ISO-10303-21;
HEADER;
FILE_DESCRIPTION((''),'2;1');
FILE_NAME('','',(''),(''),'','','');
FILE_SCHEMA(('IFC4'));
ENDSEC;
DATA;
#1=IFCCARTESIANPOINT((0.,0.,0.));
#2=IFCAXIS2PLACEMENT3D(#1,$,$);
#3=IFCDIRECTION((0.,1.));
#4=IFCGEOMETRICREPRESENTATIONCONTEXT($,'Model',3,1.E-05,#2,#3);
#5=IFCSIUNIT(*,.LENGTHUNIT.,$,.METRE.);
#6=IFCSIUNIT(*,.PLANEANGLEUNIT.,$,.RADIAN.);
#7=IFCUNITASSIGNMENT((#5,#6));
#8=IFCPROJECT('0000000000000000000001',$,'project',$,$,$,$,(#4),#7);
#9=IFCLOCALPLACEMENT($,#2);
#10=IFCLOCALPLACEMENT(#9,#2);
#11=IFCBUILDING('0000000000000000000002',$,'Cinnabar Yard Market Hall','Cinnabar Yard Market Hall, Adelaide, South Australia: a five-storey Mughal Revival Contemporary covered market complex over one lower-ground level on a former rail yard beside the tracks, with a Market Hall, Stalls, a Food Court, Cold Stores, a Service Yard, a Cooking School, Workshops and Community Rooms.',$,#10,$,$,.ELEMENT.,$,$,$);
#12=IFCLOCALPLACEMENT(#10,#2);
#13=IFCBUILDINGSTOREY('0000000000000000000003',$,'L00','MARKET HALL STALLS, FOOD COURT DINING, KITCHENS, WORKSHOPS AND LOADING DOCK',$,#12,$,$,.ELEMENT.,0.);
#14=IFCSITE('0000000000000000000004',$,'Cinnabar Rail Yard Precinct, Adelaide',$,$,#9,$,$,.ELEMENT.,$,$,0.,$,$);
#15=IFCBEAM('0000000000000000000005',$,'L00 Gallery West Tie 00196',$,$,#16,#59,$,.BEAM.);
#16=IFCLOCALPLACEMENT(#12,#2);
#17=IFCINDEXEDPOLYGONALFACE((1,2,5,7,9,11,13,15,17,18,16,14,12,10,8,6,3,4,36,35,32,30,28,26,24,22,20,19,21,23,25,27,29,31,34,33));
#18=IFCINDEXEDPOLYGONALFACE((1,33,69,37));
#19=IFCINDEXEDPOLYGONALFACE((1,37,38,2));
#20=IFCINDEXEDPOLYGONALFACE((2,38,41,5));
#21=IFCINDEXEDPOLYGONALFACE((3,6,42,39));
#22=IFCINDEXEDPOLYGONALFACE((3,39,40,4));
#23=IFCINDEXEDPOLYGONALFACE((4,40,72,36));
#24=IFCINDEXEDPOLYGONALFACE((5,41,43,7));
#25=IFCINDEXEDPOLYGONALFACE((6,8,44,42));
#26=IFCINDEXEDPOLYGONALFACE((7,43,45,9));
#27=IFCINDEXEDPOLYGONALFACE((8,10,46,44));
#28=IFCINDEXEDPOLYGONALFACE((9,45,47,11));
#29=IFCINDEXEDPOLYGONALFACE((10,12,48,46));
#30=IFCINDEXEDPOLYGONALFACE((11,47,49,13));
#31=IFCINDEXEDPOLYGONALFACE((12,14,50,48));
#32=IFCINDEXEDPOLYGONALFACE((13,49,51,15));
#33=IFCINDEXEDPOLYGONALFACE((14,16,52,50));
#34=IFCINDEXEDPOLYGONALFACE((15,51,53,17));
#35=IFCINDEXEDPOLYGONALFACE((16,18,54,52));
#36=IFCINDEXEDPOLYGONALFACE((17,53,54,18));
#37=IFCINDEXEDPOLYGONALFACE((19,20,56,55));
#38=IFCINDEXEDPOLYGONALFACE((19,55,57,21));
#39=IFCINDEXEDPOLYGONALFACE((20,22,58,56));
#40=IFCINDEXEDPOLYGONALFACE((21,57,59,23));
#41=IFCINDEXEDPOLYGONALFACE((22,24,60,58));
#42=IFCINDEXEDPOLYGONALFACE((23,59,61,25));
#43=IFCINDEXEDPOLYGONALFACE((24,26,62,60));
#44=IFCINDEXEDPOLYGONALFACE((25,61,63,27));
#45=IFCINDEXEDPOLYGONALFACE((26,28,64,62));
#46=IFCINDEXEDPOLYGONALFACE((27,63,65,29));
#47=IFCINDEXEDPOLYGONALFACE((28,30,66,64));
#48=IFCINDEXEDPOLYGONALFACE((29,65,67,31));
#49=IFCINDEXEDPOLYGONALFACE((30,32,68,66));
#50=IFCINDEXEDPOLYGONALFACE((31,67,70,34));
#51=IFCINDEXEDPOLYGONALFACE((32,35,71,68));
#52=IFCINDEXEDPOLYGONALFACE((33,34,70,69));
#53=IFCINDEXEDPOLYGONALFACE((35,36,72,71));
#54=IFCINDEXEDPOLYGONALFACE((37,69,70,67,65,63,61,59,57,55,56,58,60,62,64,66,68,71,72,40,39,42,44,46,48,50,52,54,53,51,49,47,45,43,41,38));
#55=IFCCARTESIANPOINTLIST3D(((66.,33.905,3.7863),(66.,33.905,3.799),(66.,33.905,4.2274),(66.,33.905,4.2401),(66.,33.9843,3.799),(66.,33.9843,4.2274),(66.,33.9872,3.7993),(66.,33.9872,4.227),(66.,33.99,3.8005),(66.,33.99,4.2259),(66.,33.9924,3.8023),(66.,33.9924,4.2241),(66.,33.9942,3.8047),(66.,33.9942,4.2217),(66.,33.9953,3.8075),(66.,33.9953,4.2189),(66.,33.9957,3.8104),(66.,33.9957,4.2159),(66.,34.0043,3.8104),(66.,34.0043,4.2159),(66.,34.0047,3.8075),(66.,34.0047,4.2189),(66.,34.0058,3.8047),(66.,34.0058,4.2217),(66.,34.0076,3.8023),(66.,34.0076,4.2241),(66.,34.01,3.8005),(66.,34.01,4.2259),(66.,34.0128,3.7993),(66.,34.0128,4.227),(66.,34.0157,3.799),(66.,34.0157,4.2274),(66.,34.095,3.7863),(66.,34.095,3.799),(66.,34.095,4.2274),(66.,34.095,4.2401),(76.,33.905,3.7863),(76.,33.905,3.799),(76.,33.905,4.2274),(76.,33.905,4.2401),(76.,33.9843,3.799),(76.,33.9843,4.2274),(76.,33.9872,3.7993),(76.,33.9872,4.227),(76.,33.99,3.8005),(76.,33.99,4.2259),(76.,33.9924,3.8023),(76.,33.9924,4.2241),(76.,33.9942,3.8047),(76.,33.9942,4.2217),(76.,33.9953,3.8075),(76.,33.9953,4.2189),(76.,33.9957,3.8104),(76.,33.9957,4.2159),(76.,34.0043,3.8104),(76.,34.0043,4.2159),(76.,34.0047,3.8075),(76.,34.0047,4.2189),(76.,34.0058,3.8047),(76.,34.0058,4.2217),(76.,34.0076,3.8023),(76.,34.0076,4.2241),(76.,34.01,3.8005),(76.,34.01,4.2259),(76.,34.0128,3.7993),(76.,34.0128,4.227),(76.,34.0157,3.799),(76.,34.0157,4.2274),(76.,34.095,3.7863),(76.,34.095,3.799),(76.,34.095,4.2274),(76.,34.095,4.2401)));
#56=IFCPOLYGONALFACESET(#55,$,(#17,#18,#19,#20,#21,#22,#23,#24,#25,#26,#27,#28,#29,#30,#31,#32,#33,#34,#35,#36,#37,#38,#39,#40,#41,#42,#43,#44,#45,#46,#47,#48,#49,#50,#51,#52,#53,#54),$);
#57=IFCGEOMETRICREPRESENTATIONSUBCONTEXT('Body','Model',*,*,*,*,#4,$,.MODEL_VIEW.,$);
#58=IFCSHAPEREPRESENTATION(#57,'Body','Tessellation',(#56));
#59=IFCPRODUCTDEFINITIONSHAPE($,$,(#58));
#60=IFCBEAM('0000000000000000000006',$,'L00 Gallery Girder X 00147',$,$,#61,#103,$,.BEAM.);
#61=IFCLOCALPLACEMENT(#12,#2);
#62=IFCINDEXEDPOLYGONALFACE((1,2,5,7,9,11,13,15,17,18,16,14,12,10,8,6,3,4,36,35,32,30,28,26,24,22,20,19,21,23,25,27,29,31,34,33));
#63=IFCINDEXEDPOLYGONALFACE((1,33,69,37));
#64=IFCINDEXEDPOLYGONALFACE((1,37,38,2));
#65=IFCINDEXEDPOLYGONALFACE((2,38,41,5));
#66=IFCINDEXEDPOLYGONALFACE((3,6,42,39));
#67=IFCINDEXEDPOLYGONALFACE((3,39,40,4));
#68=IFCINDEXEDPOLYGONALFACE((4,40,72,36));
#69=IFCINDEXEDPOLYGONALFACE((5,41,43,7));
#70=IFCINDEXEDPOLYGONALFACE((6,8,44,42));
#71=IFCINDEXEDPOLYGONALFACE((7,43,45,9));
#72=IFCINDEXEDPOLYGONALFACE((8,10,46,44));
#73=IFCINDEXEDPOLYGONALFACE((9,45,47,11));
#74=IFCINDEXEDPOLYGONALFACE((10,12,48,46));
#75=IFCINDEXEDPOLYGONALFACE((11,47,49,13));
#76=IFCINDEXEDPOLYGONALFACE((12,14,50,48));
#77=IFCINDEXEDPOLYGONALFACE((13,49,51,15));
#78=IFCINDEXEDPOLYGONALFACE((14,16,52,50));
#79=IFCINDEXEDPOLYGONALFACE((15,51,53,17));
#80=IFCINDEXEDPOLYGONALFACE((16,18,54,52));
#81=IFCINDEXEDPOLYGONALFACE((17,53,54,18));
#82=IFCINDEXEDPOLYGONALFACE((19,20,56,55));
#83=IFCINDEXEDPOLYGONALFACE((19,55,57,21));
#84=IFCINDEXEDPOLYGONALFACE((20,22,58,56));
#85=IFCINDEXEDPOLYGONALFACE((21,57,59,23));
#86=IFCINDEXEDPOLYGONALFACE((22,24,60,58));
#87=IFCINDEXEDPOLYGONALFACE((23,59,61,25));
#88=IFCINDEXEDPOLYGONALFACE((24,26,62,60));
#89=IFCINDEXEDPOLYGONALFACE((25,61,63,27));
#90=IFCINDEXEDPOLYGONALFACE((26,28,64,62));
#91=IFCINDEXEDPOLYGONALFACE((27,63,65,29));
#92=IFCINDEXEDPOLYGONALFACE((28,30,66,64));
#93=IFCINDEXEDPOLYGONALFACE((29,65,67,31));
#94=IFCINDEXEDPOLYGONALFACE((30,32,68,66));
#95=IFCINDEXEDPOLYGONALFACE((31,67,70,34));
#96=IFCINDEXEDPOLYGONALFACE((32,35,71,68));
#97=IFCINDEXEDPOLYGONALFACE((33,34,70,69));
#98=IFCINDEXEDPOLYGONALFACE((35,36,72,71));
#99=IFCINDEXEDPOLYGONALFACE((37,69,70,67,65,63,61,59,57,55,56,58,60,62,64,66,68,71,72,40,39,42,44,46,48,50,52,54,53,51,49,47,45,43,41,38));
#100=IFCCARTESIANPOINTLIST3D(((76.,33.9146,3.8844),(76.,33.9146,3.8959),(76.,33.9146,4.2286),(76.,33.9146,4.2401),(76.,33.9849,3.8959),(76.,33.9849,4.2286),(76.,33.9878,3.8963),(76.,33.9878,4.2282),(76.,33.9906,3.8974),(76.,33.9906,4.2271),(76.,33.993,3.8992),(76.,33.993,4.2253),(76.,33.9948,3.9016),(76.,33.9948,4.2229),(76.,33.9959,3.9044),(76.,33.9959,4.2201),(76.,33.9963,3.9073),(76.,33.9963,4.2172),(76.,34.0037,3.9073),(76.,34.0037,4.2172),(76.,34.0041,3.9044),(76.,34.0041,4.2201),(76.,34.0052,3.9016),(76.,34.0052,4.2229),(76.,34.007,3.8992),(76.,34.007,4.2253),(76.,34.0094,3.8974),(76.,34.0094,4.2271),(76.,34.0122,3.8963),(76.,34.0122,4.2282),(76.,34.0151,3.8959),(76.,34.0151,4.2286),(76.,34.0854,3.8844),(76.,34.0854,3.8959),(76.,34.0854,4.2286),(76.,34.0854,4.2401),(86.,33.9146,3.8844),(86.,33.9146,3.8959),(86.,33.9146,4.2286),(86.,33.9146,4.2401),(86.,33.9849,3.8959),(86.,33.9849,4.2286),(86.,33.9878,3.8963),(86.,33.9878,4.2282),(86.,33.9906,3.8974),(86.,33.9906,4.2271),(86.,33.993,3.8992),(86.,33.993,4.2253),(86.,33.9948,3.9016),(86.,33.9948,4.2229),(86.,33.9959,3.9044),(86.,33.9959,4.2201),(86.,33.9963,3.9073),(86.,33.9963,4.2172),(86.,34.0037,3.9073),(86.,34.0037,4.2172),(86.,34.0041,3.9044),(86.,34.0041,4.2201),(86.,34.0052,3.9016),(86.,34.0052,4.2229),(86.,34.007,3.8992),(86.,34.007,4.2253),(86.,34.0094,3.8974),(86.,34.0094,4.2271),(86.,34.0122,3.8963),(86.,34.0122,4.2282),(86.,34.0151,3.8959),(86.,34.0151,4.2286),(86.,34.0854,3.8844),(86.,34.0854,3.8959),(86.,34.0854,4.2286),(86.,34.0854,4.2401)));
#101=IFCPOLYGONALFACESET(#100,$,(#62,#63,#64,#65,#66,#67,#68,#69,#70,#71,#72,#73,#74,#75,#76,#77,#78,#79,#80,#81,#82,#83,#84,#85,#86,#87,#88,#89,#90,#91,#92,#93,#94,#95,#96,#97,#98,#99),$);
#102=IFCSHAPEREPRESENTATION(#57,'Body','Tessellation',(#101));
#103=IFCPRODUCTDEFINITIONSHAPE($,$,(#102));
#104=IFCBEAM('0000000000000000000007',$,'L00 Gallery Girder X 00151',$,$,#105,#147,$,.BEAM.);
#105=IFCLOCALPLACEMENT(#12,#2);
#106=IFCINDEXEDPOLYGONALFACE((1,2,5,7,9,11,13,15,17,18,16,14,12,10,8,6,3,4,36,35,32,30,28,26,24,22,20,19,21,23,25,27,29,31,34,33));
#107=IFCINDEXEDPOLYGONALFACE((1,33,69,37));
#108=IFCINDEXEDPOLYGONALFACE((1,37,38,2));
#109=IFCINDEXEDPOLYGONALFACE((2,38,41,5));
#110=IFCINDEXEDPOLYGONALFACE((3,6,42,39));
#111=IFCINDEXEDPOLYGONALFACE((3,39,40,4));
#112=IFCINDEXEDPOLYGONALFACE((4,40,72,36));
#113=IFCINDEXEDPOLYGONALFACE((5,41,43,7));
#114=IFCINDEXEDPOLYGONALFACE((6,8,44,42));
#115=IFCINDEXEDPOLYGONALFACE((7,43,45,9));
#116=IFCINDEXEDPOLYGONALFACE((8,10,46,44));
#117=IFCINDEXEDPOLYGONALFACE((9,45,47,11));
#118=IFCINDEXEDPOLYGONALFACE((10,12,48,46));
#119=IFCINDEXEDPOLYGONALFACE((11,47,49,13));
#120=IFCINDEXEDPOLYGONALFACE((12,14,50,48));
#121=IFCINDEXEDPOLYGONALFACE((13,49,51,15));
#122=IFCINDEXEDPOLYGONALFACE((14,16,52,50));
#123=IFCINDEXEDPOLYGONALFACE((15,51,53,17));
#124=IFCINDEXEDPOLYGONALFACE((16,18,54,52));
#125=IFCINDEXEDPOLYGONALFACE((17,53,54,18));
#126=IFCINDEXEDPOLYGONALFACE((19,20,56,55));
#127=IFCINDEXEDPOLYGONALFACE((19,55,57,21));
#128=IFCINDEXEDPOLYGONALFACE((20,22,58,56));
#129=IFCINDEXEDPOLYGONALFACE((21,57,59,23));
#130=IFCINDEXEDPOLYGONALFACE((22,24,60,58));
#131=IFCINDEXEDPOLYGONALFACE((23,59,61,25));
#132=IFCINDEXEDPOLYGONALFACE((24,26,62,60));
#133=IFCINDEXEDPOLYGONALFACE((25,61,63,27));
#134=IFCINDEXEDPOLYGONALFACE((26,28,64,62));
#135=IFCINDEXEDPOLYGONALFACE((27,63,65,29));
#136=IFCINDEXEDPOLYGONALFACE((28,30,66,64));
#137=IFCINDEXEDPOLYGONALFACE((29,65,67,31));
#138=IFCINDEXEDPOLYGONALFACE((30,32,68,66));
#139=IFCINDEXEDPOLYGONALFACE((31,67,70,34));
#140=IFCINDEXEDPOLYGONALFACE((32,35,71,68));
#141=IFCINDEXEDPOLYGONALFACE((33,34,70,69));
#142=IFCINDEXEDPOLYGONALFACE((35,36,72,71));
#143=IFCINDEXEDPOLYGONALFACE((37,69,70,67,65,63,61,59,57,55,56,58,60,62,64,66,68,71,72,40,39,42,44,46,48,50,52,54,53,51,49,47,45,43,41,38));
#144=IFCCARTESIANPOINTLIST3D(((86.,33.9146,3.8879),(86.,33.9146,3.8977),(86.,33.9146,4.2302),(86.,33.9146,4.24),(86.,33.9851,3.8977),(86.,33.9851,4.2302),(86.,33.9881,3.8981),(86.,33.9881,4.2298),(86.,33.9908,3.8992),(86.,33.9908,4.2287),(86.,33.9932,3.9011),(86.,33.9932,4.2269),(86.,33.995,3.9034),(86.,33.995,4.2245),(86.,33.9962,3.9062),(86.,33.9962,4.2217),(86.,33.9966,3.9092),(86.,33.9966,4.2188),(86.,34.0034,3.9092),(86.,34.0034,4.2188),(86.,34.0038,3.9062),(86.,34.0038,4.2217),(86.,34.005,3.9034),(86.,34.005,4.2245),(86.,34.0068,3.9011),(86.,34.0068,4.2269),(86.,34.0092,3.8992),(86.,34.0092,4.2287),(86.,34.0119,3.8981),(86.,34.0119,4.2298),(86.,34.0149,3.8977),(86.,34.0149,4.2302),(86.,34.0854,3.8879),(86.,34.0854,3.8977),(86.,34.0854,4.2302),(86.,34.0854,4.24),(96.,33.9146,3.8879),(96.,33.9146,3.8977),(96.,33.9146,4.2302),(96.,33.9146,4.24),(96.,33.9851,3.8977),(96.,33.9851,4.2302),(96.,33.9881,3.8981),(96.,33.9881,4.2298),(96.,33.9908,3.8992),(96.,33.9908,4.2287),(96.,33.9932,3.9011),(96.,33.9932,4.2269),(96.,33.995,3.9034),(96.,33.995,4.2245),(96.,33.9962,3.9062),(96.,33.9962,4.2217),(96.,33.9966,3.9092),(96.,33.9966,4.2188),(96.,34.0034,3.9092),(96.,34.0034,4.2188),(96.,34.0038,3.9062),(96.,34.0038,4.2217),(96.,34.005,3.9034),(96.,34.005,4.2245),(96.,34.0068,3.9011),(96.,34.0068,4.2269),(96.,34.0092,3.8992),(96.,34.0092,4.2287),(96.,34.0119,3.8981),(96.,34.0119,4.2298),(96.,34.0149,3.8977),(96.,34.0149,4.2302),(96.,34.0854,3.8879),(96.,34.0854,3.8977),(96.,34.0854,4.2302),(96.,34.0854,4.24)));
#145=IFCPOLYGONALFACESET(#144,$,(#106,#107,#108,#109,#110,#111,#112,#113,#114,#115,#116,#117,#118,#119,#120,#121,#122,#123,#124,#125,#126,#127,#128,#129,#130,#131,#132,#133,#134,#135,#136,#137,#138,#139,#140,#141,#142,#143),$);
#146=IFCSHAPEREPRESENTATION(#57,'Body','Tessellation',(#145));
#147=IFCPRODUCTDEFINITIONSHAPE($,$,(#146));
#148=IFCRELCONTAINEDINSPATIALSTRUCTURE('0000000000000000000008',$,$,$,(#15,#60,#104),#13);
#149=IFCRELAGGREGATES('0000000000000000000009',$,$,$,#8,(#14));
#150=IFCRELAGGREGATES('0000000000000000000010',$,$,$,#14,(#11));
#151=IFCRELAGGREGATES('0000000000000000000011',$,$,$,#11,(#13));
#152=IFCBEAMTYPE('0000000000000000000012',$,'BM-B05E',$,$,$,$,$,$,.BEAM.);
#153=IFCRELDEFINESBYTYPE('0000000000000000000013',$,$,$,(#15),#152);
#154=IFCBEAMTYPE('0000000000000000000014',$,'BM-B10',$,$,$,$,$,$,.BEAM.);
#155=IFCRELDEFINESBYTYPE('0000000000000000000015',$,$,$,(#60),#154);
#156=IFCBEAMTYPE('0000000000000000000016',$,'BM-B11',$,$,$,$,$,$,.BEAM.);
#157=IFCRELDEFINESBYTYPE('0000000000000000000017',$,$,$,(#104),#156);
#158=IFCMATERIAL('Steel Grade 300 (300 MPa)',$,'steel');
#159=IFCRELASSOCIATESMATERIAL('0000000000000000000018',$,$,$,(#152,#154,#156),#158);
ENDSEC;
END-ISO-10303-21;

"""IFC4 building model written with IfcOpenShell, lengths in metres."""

from ifc_helpers import new_model, si_unit, direction, frame, origin, origin_2d_with_axis, place, context, subcontext, project, spatial, i_section, extrude, material, material_profile, profile_set, type_object, element, save


model = new_model("IFC4")

# Units and contexts
model_context = context("Model", 3, precision=1e-05, world=origin(), true_north=direction((0.0, 1.0)))
body_context = subcontext(model_context, "Body", "Model", "MODEL_VIEW")
ifc_project = project(units=[si_unit("LENGTHUNIT", "METRE"), si_unit("PLANEANGLEUNIT", "RADIAN")], contexts=[model_context])

# Site, building, storey
site_placement = place(None, origin())
site = spatial("IfcSite", under=ifc_project, at=site_placement, Name="Cinnabar Rail Yard Precinct, Adelaide", CompositionType="ELEMENT", RefElevation=0.0)
building_placement = place(site_placement, origin())
building = spatial("IfcBuilding", under=site, at=building_placement, Name="Cinnabar Yard Market Hall", Description="Cinnabar Yard Market Hall, Adelaide, South Australia: a five-storey Mughal Revival Contemporary covered market complex over one lower-ground level on a former rail yard beside the tracks, with a Market Hall, Stalls, a Food Court, Cold Stores, a Service Yard, a Cooking School, Workshops and Community Rooms.", CompositionType="ELEMENT")
storey_placement = place(building_placement, origin())
storey = spatial("IfcBuildingStorey", under=building, at=storey_placement, Name="L00", Description="MARKET HALL STALLS, FOOD COURT DINING, KITCHENS, WORKSHOPS AND LOADING DOCK", CompositionType="ELEMENT", Elevation=0.0)

# Beams
ifc_material_1 = material(Name="Steel Grade 300 (300 MPa)", Category="steel")
ifc_material_profile_1 = material_profile(ifc_material_1, i_section(OverallWidth=0.1899, OverallDepth=0.4539, WebThickness=0.0085, FlangeThickness=0.0127, FilletRadius=0.0115, at=origin_2d_with_axis()), Name="460UB67.1")
ifc_profile_set_1 = profile_set([ifc_material_profile_1], Name="Steel Grade 300 (300 MPa)")
beam_type_1 = type_object("IfcBeamType", Name="BM-B05E", PredefinedType="BEAM", material=ifc_profile_set_1)
beam_1_placement = place(storey_placement, frame((76.0, 34.0, 4.0132), z_axis=(-1.0, 0.0, 0.0), x_axis=(0.0, -1.0, 0.0)))
element("IfcBeam", 1, at=beam_1_placement, inside=storey, type_object=beam_type_1, Name="L00 Gallery West Tie 00196", PredefinedType="BEAM", context=body_context, shape_type="SweptSolid", body=[
    extrude(i_section(OverallWidth=0.1899, OverallDepth=0.4539, WebThickness=0.0085, FlangeThickness=0.0127, FilletRadius=0.0115, at=origin_2d_with_axis()), origin(), (0.0, 0.0, 1.0), 10.0),
])
ifc_material_profile_2 = material_profile(ifc_material_1, i_section(OverallWidth=0.1709, OverallDepth=0.3557, WebThickness=0.0073, FlangeThickness=0.0115, FilletRadius=0.0115, at=origin_2d_with_axis()), Name="360UB50.7")
ifc_profile_set_2 = profile_set([ifc_material_profile_2], Name="Steel Grade 300 (300 MPa)")
beam_type_2 = type_object("IfcBeamType", Name="BM-B10", PredefinedType="BEAM", material=ifc_profile_set_2)
beam_2_placement = place(storey_placement, frame((76.0, 34.0, 4.0623), z_axis=(1.0, 0.0, 0.0), x_axis=(0.0, 1.0, 0.0)))
element("IfcBeam", 2, at=beam_2_placement, inside=storey, type_object=beam_type_2, Name="L00 Gallery Girder X 00147", PredefinedType="BEAM", context=body_context, shape_type="SweptSolid", body=[
    extrude(i_section(OverallWidth=0.1709, OverallDepth=0.3557, WebThickness=0.0073, FlangeThickness=0.0115, FilletRadius=0.0115, at=origin_2d_with_axis()), origin(), (0.0, 0.0, 1.0), 10.0),
])
ifc_material_profile_3 = material_profile(ifc_material_1, i_section(OverallWidth=0.1709, OverallDepth=0.3521, WebThickness=0.0068, FlangeThickness=0.0098, FilletRadius=0.0115, at=origin_2d_with_axis()), Name="360UB44.7")
ifc_profile_set_3 = profile_set([ifc_material_profile_3], Name="Steel Grade 300 (300 MPa)")
beam_type_3 = type_object("IfcBeamType", Name="BM-B11", PredefinedType="BEAM", material=ifc_profile_set_3)
beam_3_placement = place(storey_placement, frame((86.0, 34.0, 4.064), z_axis=(1.0, 0.0, 0.0), x_axis=(0.0, 1.0, 0.0)))
element("IfcBeam", 3, at=beam_3_placement, inside=storey, type_object=beam_type_3, Name="L00 Gallery Girder X 00151", PredefinedType="BEAM", context=body_context, shape_type="SweptSolid", body=[
    extrude(i_section(OverallWidth=0.1709, OverallDepth=0.3521, WebThickness=0.0068, FlangeThickness=0.0098, FilletRadius=0.0115, at=origin_2d_with_axis()), origin(), (0.0, 0.0, 1.0), 10.0),
])

save(model, "model.ifc")
